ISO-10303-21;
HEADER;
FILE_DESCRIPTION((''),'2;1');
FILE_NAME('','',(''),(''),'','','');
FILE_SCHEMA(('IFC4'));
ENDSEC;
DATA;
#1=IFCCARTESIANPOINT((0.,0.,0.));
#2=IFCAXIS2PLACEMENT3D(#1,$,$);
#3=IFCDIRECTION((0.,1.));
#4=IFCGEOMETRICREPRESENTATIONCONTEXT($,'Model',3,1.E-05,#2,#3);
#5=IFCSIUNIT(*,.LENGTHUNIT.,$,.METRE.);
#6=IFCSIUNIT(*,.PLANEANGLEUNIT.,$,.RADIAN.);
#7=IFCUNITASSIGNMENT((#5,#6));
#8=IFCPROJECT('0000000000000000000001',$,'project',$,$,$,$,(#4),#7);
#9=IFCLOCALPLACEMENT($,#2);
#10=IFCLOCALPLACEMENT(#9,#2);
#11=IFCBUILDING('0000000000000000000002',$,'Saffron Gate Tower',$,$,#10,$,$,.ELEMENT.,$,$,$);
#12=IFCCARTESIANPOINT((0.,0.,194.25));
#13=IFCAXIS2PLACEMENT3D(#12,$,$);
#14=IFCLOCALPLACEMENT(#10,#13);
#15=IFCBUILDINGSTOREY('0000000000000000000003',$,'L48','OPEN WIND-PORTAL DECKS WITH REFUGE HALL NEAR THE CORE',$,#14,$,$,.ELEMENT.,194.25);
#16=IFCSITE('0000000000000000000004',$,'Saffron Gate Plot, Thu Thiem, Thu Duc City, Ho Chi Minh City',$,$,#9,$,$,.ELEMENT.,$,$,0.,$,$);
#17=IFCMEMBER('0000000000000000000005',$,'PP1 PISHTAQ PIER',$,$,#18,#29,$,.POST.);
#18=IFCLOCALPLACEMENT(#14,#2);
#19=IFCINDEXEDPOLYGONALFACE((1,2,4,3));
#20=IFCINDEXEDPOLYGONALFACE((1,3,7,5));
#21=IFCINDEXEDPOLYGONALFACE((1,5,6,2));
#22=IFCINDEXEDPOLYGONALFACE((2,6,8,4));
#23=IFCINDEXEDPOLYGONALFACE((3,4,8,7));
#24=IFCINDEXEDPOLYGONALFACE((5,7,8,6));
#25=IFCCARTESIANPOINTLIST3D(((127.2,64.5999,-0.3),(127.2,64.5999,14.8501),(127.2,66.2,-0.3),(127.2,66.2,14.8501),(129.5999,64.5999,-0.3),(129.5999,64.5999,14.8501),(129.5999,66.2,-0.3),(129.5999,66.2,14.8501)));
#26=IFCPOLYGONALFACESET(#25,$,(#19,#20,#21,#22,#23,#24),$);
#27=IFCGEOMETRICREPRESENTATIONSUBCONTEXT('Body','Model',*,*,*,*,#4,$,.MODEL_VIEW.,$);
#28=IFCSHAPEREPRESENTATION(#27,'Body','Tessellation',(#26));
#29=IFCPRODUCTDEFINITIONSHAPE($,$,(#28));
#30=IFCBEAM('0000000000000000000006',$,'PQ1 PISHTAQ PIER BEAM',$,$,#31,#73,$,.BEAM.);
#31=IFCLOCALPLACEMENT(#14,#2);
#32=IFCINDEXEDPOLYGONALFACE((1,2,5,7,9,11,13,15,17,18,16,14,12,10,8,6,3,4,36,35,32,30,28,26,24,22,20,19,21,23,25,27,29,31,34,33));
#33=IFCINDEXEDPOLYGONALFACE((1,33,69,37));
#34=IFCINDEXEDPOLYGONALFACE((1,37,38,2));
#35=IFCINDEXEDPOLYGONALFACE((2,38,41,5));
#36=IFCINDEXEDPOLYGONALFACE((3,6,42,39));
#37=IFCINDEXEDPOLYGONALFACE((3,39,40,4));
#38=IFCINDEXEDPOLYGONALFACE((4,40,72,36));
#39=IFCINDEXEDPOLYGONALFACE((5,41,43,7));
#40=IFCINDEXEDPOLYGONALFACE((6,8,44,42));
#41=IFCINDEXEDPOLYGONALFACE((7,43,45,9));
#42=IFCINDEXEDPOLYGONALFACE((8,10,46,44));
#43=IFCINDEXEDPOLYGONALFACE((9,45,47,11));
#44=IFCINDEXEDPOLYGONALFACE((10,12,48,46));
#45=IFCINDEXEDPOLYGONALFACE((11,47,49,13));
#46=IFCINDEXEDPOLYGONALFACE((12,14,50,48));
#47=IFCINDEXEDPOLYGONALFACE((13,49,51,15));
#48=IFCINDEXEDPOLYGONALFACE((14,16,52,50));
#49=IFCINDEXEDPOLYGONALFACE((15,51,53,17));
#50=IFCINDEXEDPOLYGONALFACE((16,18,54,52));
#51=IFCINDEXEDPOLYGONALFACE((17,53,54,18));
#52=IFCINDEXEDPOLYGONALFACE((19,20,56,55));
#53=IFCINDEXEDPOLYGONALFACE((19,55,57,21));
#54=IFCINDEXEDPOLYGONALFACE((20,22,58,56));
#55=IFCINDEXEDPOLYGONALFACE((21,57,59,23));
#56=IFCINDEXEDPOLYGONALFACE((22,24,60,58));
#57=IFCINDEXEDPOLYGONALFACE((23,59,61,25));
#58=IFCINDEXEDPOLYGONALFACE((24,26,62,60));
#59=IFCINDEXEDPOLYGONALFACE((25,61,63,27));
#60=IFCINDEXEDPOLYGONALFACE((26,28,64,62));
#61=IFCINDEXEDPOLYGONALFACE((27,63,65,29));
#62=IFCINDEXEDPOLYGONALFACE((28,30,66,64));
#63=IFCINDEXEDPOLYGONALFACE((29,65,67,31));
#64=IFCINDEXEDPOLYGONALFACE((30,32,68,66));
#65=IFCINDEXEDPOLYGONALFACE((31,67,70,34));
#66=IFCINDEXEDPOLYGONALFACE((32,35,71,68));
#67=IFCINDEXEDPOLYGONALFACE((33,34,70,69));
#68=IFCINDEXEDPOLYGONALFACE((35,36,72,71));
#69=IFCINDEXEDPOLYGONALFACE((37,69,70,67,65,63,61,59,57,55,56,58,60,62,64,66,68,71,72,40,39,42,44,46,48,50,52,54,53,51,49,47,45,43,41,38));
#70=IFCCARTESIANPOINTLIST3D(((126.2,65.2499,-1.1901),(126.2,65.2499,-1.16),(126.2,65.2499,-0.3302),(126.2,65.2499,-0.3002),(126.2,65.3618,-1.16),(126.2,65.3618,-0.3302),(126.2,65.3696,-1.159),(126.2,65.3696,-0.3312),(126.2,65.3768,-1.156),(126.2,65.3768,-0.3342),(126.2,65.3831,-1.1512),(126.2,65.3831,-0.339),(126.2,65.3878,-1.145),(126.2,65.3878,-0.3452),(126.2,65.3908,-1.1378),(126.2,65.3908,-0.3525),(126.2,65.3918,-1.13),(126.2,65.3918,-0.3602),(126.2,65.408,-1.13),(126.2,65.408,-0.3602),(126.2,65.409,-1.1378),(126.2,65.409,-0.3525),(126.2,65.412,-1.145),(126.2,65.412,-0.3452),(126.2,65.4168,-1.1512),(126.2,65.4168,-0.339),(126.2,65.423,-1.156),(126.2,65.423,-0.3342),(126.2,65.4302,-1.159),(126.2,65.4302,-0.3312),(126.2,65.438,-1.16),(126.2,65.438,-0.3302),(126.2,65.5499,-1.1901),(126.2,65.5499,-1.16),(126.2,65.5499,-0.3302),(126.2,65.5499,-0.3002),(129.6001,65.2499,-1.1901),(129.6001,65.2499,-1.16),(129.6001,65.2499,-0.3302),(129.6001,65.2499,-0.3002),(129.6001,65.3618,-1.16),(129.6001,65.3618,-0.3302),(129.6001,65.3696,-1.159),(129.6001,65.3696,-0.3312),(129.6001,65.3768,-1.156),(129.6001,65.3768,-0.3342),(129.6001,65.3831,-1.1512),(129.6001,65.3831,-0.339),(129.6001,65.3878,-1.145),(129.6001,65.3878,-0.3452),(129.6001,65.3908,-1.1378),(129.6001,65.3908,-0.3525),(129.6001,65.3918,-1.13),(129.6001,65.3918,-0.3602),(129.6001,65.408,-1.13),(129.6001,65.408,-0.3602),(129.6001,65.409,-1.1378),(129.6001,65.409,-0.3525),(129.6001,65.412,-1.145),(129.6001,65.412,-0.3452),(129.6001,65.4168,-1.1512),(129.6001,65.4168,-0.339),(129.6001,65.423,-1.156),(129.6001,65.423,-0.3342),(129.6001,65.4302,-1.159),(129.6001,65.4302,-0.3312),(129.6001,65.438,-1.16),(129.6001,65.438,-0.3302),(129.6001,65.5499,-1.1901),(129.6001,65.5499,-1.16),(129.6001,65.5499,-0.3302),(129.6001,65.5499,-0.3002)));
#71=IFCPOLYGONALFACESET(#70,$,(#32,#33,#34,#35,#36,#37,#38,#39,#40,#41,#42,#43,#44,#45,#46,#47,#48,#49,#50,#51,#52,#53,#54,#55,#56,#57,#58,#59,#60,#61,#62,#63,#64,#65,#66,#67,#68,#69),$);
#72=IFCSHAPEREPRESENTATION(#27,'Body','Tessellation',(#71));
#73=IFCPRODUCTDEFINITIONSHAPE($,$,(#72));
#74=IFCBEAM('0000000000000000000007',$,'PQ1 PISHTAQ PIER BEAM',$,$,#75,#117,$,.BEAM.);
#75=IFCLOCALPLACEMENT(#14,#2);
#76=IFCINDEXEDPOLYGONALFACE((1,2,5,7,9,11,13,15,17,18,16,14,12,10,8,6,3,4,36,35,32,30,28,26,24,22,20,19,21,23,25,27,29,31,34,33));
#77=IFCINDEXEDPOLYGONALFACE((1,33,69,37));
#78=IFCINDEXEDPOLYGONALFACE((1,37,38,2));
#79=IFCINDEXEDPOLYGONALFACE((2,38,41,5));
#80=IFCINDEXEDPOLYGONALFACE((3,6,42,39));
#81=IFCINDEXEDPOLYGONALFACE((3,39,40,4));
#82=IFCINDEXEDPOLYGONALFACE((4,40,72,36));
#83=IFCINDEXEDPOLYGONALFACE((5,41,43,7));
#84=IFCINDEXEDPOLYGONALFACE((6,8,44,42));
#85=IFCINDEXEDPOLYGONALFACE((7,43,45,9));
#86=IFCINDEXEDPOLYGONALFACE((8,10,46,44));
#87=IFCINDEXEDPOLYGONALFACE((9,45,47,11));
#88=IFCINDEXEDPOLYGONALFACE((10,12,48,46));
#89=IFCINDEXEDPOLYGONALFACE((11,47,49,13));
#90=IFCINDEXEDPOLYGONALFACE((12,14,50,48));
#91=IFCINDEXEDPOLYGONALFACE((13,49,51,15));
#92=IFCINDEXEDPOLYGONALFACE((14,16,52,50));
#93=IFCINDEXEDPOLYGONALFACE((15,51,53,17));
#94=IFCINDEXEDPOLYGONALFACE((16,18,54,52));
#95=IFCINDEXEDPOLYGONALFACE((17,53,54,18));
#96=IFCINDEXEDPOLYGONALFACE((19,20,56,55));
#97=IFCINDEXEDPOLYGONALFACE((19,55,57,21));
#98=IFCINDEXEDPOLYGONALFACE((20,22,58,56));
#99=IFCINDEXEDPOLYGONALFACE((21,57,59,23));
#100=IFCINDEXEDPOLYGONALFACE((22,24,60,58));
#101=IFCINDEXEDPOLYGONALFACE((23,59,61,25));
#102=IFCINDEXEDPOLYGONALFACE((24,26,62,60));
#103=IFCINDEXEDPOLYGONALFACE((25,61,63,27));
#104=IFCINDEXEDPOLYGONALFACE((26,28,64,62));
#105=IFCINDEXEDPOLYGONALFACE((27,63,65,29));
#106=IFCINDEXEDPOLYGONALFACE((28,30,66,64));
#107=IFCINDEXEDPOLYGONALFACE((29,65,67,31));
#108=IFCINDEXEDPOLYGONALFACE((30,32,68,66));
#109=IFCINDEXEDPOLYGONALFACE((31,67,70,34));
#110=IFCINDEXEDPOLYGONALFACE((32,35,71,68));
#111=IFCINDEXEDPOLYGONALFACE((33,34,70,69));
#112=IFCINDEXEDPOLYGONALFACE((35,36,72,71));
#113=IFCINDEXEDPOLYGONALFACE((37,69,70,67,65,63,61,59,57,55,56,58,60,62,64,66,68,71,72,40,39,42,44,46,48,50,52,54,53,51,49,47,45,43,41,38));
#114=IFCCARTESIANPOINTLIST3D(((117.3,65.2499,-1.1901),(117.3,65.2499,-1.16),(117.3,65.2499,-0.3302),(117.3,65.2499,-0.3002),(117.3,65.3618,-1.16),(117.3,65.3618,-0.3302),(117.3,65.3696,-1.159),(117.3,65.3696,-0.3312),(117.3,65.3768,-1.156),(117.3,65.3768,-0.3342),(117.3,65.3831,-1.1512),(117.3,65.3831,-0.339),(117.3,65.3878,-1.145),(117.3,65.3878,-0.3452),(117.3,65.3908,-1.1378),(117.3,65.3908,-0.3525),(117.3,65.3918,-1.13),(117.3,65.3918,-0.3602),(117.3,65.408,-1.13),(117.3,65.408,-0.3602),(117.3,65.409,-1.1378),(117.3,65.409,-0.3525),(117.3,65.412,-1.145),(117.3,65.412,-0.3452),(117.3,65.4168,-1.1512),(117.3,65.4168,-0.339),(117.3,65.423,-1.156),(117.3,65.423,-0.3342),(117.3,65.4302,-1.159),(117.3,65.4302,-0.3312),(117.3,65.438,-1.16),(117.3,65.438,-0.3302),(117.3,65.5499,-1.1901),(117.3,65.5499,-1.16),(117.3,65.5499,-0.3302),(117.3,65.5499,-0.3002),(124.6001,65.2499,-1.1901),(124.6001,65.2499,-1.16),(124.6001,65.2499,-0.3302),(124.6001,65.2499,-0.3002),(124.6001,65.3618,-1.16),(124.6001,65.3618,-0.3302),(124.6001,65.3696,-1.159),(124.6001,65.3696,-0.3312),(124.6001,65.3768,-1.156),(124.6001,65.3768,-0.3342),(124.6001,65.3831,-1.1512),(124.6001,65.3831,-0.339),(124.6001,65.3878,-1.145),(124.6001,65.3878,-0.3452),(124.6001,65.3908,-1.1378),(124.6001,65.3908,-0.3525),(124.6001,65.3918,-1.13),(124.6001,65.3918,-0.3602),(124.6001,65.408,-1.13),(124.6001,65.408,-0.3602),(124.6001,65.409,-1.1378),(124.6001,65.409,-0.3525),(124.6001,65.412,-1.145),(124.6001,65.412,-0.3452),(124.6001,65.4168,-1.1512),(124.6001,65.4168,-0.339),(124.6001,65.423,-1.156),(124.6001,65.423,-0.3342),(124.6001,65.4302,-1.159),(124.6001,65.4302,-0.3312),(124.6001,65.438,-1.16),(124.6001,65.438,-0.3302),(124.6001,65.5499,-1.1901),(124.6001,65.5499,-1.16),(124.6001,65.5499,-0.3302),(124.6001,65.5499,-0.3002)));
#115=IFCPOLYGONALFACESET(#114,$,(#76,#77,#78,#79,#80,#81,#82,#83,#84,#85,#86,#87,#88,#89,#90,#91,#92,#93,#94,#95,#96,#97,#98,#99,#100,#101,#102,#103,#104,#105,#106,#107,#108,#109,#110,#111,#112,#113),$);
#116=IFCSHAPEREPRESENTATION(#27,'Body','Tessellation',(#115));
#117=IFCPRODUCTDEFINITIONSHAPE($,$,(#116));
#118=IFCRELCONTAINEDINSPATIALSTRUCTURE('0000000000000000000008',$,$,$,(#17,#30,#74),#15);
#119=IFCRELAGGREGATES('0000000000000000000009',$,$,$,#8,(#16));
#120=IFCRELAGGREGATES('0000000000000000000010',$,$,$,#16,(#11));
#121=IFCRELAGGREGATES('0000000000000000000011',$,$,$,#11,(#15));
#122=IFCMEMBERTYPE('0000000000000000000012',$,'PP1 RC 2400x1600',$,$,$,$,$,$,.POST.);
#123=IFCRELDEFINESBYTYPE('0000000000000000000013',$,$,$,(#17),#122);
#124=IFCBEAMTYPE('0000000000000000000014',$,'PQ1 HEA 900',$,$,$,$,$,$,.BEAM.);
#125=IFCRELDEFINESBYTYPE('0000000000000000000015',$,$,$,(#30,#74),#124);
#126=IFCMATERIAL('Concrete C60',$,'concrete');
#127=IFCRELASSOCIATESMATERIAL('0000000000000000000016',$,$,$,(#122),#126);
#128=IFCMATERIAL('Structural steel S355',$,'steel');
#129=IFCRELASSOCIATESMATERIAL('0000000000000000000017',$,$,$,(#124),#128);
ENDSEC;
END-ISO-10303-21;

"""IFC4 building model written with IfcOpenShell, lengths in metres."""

from ifc_helpers import new_model, si_unit, direction, frame, origin, origin_2d, place, context, subcontext, project, spatial, rectangle, i_section, extrude, material, material_profile, profile_set, type_object, element, save


model = new_model("IFC4")

# Units and contexts
model_context = context("Model", 3, precision=1e-05, world=origin(), true_north=direction((0.0, 1.0)))
body_context = subcontext(model_context, "Body", "Model", "MODEL_VIEW")
ifc_project = project(units=[si_unit("LENGTHUNIT", "METRE"), si_unit("PLANEANGLEUNIT", "RADIAN")], contexts=[model_context])

# Site, building, storey
site_placement = place(None, origin())
site = spatial("IfcSite", under=ifc_project, at=site_placement, Name="Saffron Gate Plot, Thu Thiem, Thu Duc City, Ho Chi Minh City", CompositionType="ELEMENT", RefElevation=0.0)
building_placement = place(site_placement, origin())
building = spatial("IfcBuilding", under=site, at=building_placement, Name="Saffron Gate Tower", CompositionType="ELEMENT")
storey_placement = place(building_placement, frame((0.0, 0.0, 194.25)))
storey = spatial("IfcBuildingStorey", under=building, at=storey_placement, Name="L48", Description="OPEN WIND-PORTAL DECKS WITH REFUGE HALL NEAR THE CORE", CompositionType="ELEMENT", Elevation=194.25)

# Shared definitions
ifc_material_1 = material(Name="Structural steel S355", Category="steel")

# Member
ifc_material_2 = material(Name="Concrete C60", Category="concrete")
ifc_material_profile_1 = material_profile(ifc_material_2, rectangle(XDim=2.3999, YDim=1.6001, at=origin_2d()))
ifc_profile_set_1 = profile_set([ifc_material_profile_1], Name="Concrete C60")
member_type_1 = type_object("IfcMemberType", Name="PP1 RC 2400x1600", PredefinedType="POST", material=ifc_profile_set_1)
member_1_placement = place(storey_placement, frame((128.3999, 65.3999, -0.3), z_axis=(0.0, 0.0, 1.0), x_axis=(1.0, 0.0, 0.0)))
element("IfcMember", 1, at=member_1_placement, inside=storey, type_object=member_type_1, Name="PP1 PISHTAQ PIER", PredefinedType="POST", context=body_context, shape_type="SweptSolid", body=[
    extrude(rectangle(XDim=2.3999, YDim=1.6001, at=origin_2d()), origin(), (0.0, 0.0, 1.0), 15.1501),
])

# Beams
ifc_material_profile_2 = material_profile(ifc_material_1, i_section(OverallWidth=0.3, OverallDepth=0.8899, WebThickness=0.0161, FlangeThickness=0.03, FilletRadius=0.03, at=origin_2d()))
ifc_profile_set_2 = profile_set([ifc_material_profile_2], Name="Structural steel S355")
beam_type_1 = type_object("IfcBeamType", Name="PQ1 HEA 900", PredefinedType="BEAM", material=ifc_profile_set_2)
beam_1_placement = place(storey_placement, frame((129.6001, 65.3999, -0.7451), z_axis=(-1.0, 0.0, 0.0), x_axis=(0.0, -1.0, 0.0)))
element("IfcBeam", 2, at=beam_1_placement, inside=storey, type_object=beam_type_1, Name="PQ1 PISHTAQ PIER BEAM", PredefinedType="BEAM", context=body_context, shape_type="SweptSolid", body=[
    extrude(i_section(OverallWidth=0.3, OverallDepth=0.8899, WebThickness=0.0161, FlangeThickness=0.03, FilletRadius=0.03, at=origin_2d()), origin(), (0.0, 0.0, 1.0), 3.4001),
])
beam_2_placement = place(storey_placement, frame((124.6001, 65.3999, -0.7451), z_axis=(-1.0, 0.0, 0.0), x_axis=(0.0, -1.0, 0.0)))
element("IfcBeam", 3, at=beam_2_placement, inside=storey, type_object=beam_type_1, Name="PQ1 PISHTAQ PIER BEAM", PredefinedType="BEAM", context=body_context, shape_type="SweptSolid", body=[
    extrude(i_section(OverallWidth=0.3, OverallDepth=0.8899, WebThickness=0.0161, FlangeThickness=0.03, FilletRadius=0.03, at=origin_2d()), origin(), (0.0, 0.0, 1.0), 7.3),
])

save(model, "model.ifc")
